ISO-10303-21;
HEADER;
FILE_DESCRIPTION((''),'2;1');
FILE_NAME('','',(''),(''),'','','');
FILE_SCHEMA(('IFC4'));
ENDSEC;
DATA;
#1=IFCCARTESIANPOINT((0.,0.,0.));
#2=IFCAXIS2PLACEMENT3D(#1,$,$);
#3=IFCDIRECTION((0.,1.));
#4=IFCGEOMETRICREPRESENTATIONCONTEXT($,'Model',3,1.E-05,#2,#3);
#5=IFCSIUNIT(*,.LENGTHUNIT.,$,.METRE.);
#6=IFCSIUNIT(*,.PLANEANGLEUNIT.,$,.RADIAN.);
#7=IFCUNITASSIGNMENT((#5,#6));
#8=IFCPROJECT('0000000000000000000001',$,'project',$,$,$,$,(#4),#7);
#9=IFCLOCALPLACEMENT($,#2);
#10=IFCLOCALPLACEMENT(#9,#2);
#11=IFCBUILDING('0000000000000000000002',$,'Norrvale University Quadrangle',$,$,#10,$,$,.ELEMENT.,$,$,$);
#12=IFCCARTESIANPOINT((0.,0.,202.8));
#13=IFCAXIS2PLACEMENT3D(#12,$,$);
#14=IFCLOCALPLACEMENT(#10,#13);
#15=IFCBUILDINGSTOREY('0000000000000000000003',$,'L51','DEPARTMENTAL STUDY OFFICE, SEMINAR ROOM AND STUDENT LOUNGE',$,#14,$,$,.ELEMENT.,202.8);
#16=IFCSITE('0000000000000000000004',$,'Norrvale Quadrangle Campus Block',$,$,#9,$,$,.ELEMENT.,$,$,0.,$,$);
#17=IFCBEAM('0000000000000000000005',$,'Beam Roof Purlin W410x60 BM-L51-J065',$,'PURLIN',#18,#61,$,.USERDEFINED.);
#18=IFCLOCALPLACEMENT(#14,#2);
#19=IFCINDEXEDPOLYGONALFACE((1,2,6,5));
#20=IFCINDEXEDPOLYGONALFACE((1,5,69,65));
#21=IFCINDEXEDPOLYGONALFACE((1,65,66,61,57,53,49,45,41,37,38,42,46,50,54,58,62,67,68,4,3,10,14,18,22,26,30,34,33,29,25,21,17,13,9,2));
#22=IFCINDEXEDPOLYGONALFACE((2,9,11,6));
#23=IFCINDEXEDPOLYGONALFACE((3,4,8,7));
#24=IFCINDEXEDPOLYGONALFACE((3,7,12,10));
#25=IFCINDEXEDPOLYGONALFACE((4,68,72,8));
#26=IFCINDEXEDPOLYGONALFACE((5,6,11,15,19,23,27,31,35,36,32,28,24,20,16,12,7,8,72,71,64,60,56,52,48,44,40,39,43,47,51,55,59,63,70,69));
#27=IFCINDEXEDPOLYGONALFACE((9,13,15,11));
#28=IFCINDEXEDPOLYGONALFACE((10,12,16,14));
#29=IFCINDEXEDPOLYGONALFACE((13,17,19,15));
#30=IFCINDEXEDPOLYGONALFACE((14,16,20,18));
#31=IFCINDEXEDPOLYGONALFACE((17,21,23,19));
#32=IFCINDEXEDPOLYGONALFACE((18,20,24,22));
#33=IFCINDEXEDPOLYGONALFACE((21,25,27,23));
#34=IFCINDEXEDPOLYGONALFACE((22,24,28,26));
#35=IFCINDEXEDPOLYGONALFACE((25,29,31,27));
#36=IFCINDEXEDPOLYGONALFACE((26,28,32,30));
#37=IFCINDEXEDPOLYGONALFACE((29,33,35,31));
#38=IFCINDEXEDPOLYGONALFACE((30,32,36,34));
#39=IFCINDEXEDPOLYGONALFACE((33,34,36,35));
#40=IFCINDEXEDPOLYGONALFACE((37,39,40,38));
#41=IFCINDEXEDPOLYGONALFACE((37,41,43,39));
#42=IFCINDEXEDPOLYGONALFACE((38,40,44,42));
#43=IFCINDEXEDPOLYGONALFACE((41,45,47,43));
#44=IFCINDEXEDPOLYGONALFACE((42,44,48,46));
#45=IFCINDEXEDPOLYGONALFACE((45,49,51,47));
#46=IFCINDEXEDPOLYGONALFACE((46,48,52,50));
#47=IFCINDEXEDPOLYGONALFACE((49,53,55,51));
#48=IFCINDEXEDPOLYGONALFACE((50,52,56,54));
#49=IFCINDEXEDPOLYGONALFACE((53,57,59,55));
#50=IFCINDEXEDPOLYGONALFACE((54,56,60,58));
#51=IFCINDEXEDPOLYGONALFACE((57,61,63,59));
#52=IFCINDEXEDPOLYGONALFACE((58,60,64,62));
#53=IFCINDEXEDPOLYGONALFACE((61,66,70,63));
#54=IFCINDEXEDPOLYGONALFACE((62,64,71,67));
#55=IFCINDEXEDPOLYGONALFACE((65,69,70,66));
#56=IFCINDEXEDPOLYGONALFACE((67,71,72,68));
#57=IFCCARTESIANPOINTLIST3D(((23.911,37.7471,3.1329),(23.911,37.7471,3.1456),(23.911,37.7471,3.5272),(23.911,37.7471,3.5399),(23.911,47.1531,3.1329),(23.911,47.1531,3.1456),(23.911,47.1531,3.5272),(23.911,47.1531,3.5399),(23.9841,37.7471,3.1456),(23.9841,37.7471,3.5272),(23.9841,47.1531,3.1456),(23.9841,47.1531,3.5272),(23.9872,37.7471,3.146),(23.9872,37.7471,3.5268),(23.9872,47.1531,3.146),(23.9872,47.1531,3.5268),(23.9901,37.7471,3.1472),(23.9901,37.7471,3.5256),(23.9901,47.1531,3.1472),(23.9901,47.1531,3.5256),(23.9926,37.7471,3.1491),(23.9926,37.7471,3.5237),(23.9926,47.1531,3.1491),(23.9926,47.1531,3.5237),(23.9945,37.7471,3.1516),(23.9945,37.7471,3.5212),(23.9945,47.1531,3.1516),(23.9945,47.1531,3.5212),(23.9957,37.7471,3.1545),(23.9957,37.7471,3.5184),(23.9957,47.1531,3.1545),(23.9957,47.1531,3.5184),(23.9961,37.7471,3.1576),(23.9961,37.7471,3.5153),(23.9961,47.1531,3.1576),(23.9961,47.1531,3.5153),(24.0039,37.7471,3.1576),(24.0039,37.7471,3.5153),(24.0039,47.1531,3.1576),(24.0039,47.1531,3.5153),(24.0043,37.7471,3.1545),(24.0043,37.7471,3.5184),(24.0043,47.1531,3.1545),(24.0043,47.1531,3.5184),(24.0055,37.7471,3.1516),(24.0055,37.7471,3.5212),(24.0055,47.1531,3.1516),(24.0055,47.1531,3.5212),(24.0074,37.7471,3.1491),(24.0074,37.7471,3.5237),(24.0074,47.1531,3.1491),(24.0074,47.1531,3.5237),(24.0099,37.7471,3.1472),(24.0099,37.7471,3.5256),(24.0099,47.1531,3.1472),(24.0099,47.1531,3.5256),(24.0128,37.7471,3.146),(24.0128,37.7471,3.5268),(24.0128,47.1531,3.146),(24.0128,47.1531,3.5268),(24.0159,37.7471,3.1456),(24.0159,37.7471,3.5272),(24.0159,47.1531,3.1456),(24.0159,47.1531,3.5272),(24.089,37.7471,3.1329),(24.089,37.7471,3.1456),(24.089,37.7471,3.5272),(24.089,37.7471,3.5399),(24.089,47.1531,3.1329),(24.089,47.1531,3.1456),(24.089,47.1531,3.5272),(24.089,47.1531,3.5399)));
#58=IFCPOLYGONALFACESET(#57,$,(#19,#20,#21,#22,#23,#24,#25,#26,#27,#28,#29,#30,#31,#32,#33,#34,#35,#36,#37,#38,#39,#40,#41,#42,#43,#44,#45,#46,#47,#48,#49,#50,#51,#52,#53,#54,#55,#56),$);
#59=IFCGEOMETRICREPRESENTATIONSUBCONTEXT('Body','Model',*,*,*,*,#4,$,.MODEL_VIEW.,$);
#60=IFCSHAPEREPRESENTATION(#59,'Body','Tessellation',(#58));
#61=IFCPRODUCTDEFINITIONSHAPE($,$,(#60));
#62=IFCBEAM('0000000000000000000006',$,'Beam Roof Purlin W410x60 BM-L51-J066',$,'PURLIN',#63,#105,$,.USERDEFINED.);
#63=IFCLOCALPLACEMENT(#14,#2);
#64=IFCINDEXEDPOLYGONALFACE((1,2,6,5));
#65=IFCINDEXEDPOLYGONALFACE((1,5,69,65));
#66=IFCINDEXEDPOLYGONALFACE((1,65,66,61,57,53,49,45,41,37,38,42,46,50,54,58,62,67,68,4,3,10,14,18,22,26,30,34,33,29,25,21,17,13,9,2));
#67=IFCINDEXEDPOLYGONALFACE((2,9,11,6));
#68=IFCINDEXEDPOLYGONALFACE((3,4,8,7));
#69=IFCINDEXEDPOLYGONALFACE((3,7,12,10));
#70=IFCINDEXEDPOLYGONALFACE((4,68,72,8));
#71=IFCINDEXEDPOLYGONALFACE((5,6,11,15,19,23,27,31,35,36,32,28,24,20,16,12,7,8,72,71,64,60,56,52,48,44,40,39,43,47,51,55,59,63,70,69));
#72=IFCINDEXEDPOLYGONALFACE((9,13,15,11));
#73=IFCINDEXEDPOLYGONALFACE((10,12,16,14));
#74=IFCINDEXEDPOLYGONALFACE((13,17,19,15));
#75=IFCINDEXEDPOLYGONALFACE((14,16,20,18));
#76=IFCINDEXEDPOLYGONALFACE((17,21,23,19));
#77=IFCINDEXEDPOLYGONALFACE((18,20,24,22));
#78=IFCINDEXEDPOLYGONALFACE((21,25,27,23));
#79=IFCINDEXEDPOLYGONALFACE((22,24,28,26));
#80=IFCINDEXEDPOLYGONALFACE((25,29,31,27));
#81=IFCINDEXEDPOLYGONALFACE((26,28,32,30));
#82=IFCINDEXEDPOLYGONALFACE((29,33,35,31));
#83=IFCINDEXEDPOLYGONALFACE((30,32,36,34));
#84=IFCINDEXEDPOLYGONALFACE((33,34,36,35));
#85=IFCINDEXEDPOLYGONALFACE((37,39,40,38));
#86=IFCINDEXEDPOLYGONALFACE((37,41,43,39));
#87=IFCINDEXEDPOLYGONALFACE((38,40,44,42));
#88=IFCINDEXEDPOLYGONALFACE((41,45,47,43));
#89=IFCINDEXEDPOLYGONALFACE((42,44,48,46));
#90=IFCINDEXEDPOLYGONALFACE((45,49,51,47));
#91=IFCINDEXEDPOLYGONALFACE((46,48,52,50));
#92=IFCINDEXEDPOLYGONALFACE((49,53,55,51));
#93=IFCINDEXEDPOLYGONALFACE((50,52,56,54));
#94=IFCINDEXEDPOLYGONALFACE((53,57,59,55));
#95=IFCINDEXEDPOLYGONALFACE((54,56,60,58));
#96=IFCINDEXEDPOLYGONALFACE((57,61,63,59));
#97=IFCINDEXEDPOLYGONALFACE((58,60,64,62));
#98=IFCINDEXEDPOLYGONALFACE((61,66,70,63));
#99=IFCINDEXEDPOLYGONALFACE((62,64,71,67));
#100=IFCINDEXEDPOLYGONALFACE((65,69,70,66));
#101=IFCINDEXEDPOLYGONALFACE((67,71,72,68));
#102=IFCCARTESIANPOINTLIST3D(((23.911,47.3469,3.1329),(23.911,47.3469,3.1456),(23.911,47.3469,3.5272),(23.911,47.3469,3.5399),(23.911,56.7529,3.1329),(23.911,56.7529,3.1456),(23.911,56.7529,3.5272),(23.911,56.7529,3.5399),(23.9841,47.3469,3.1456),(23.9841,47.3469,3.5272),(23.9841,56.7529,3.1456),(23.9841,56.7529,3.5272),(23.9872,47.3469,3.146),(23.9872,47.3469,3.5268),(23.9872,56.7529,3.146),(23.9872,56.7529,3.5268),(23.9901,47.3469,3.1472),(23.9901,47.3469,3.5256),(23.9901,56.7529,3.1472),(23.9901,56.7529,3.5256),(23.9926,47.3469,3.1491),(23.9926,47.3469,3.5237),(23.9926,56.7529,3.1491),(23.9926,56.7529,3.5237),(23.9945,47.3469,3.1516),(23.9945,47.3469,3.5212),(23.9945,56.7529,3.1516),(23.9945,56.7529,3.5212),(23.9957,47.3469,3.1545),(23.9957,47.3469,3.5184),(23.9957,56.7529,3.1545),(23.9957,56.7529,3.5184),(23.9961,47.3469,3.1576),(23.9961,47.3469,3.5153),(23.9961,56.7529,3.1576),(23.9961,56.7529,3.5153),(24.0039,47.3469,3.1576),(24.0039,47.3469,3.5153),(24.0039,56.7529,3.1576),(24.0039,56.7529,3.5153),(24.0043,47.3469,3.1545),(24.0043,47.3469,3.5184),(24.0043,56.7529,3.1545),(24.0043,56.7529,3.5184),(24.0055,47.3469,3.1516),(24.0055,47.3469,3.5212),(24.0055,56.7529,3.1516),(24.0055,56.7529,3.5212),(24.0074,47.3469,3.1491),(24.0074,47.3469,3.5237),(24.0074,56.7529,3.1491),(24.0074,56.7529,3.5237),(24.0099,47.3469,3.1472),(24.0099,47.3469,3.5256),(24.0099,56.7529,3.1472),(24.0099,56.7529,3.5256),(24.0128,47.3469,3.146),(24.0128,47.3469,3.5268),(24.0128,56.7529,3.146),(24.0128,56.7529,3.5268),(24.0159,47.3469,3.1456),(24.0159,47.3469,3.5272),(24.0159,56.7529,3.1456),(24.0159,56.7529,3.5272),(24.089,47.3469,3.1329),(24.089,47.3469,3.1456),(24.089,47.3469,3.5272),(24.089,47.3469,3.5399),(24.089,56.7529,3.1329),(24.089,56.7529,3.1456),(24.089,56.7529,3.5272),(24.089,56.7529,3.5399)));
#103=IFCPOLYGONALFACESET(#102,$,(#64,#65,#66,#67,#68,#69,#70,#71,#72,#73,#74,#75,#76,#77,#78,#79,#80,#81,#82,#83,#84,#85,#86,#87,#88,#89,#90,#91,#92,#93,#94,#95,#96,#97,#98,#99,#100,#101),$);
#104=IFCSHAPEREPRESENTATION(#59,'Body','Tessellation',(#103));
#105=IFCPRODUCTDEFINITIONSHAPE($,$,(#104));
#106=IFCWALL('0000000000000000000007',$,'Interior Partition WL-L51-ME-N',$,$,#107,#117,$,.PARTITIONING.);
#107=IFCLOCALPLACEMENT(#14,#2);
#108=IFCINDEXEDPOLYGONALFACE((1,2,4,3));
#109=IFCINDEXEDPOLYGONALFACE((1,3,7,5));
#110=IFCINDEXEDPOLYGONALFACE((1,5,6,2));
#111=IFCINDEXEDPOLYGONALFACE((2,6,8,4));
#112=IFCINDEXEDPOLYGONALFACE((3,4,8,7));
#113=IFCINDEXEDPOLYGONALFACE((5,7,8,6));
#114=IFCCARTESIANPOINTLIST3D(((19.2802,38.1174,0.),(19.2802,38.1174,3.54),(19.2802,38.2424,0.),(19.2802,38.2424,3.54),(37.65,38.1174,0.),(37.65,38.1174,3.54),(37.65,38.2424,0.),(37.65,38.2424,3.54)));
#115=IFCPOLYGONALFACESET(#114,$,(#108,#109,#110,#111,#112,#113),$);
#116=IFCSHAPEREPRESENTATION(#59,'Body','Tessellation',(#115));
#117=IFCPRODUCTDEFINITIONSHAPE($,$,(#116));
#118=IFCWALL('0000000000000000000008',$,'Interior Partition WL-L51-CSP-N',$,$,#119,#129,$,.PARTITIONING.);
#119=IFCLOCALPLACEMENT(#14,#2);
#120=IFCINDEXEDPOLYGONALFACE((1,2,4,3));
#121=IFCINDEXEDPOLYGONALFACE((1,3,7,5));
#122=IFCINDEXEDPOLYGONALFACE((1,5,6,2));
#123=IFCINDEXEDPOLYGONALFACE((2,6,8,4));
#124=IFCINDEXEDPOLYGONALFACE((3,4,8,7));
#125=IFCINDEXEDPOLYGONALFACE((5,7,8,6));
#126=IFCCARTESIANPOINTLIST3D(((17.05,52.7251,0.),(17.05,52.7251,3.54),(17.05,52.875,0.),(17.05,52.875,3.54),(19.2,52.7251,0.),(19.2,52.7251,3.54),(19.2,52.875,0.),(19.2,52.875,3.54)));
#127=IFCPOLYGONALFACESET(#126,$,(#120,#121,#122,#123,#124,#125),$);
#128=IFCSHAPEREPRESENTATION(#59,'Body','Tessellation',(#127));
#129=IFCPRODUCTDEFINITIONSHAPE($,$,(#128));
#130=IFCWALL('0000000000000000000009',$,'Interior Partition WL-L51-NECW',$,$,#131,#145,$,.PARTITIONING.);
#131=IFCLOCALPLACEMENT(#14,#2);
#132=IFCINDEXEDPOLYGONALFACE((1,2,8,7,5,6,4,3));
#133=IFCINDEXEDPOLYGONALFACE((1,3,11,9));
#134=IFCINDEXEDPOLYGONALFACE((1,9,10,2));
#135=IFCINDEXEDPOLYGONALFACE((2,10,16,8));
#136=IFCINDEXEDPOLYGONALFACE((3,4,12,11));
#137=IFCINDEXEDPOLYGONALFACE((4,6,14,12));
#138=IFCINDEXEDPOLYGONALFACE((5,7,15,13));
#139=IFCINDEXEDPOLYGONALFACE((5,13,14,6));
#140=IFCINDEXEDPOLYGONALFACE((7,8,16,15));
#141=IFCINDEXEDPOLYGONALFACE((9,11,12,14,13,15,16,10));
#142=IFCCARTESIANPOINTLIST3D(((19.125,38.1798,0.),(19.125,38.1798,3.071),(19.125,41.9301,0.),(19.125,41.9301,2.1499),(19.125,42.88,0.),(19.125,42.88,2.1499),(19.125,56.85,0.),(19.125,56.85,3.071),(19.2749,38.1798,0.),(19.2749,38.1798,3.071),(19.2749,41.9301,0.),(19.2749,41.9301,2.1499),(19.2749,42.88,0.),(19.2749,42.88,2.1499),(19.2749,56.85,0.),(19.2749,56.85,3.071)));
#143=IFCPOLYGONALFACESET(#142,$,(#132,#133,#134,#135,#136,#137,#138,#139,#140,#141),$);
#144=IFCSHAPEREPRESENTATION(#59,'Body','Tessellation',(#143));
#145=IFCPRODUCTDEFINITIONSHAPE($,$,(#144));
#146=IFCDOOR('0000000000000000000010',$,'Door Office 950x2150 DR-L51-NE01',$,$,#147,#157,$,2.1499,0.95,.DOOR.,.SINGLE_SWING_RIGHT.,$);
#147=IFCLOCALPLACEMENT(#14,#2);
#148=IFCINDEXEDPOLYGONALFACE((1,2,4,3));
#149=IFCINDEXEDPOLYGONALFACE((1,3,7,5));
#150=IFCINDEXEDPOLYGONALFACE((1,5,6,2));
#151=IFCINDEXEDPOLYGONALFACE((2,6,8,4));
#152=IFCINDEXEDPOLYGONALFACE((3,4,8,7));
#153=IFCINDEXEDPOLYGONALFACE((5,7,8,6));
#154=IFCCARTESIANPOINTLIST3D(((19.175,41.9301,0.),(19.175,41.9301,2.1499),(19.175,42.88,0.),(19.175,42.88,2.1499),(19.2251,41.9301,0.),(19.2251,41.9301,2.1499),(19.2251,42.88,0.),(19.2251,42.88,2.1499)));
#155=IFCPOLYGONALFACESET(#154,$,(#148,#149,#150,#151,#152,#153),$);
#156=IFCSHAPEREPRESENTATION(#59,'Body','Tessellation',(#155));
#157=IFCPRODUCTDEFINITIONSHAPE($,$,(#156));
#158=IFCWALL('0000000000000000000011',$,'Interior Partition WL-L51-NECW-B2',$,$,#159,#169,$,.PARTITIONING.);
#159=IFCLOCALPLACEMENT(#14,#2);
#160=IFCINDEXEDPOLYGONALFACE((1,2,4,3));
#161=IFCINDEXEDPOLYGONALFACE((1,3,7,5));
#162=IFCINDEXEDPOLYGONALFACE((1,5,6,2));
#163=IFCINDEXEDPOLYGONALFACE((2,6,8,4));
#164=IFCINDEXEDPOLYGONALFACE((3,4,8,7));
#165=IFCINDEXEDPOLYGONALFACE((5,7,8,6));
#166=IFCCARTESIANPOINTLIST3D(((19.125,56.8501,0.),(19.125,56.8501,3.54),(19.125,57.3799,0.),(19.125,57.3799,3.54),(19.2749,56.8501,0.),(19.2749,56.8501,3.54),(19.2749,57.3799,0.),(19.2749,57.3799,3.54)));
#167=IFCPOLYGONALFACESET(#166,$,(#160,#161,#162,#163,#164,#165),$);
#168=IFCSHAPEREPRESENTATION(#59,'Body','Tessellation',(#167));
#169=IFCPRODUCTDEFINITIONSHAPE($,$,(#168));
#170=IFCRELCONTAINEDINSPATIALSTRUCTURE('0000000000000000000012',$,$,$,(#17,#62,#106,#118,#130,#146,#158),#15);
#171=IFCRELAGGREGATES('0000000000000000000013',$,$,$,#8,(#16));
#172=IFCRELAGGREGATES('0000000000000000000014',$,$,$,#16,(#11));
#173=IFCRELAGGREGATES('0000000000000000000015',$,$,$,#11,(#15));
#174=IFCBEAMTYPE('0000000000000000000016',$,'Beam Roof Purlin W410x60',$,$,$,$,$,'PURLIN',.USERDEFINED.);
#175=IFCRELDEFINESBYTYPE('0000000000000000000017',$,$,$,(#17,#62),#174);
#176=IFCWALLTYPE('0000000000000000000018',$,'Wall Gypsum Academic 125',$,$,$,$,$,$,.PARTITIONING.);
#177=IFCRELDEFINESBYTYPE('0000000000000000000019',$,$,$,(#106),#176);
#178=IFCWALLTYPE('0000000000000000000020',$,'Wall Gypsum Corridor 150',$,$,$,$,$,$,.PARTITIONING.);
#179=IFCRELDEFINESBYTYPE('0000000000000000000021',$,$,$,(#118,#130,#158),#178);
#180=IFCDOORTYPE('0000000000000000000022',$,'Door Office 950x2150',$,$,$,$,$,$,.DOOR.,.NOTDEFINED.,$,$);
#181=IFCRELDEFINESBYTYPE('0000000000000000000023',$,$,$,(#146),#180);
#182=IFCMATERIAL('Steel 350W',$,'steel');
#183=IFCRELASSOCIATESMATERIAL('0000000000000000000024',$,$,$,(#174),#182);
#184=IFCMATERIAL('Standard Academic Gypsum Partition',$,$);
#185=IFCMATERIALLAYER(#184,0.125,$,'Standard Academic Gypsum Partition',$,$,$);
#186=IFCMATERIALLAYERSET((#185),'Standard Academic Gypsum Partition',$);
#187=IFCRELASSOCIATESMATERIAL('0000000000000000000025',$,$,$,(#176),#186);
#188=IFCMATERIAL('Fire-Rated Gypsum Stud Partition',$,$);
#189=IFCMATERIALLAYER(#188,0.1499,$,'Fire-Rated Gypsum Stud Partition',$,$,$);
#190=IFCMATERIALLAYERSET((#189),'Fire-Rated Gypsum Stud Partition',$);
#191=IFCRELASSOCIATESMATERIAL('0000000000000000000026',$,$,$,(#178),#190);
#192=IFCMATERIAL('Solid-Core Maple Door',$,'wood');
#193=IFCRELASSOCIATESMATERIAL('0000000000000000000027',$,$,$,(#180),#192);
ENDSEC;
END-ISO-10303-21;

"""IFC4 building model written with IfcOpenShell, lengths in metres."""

from ifc_helpers import new_model, si_unit, direction, frame, frame_2d, origin, origin_2d, place, context, subcontext, project, spatial, rectangle, i_section, extrude, material, layer, layer_set, material_profile, profile_set, type_object, element, fill, save


model = new_model("IFC4")

# Units and contexts
model_context = context("Model", 3, precision=1e-05, world=origin(), true_north=direction((0.0, 1.0)))
body_context = subcontext(model_context, "Body", "Model", "MODEL_VIEW")
ifc_project = project(units=[si_unit("LENGTHUNIT", "METRE"), si_unit("PLANEANGLEUNIT", "RADIAN")], contexts=[model_context])

# Site, building, storey
site_placement = place(None, origin())
site = spatial("IfcSite", under=ifc_project, at=site_placement, Name="Norrvale Quadrangle Campus Block", CompositionType="ELEMENT", RefElevation=0.0)
building_placement = place(site_placement, origin())
building = spatial("IfcBuilding", under=site, at=building_placement, Name="Norrvale University Quadrangle", CompositionType="ELEMENT")
storey_placement = place(building_placement, frame((0.0, 0.0, 202.8)))
storey = spatial("IfcBuildingStorey", under=building, at=storey_placement, Name="L51", Description="DEPARTMENTAL STUDY OFFICE, SEMINAR ROOM AND STUDENT LOUNGE", CompositionType="ELEMENT", Elevation=202.8)

# Beams
ifc_material_1 = material(Name="Steel 350W", Category="steel")
ifc_material_profile_1 = material_profile(ifc_material_1, i_section(OverallWidth=0.178, OverallDepth=0.407, WebThickness=0.0078, FlangeThickness=0.0127, FilletRadius=0.012, at=origin_2d()), Name="Steel 350W")
ifc_profile_set_1 = profile_set([ifc_material_profile_1], Name="Steel 350W")
beam_type_1 = type_object("IfcBeamType", Name="Beam Roof Purlin W410x60", ElementType="PURLIN", PredefinedType="USERDEFINED", material=ifc_profile_set_1)
for number, where, z_axis, x_axis, name in (
    (1, (24.0, 37.7471, 3.3364), (0.0, 1.0, 0.0), (-1.0, 0.0, 0.0), "Beam Roof Purlin W410x60 BM-L51-J065"),
    (2, (24.0, 47.3469, 3.3364), (0.0, 1.0, 0.0), (-1.0, 0.0, 0.0), "Beam Roof Purlin W410x60 BM-L51-J066"),
):
    element("IfcBeam", number, at=place(storey_placement, frame(where, z_axis=z_axis, x_axis=x_axis)), inside=storey, type_object=beam_type_1, Name=name, ObjectType="PURLIN", PredefinedType="USERDEFINED", context=body_context, shape_type="SweptSolid", body=[
        extrude(i_section(OverallWidth=0.178, OverallDepth=0.407, WebThickness=0.0078, FlangeThickness=0.0127, FilletRadius=0.012, at=origin_2d()), origin(), (0.0, 0.0, 1.0), 9.406),
    ])

# Walls
ifc_material_2 = material(Name="Standard Academic Gypsum Partition")
ifc_layer_1 = layer(ifc_material_2, 0.125, Name="Standard Academic Gypsum Partition")
ifc_layer_set_1 = layer_set([ifc_layer_1], Name="Standard Academic Gypsum Partition")
wall_type_1 = type_object("IfcWallType", Name="Wall Gypsum Academic 125", PredefinedType="PARTITIONING", material=ifc_layer_set_1)
wall_1_placement = place(storey_placement, frame((19.28, 38.1799, 0.0), z_axis=(0.0, 0.0, 1.0), x_axis=(1.0, 0.0, 0.0)))
element("IfcWall", 3, at=wall_1_placement, inside=storey, type_object=wall_type_1, Name="Interior Partition WL-L51-ME-N", PredefinedType="PARTITIONING", context=body_context, shape_type="SweptSolid", body=[
    extrude(rectangle(XDim=18.3699, YDim=0.125, at=frame_2d((9.1851, 0.0))), origin(), (0.0, 0.0, 1.0), 3.54),
])
ifc_material_3 = material(Name="Fire-Rated Gypsum Stud Partition")
ifc_layer_2 = layer(ifc_material_3, 0.1499, Name="Fire-Rated Gypsum Stud Partition")
ifc_layer_set_2 = layer_set([ifc_layer_2], Name="Fire-Rated Gypsum Stud Partition")
wall_type_2 = type_object("IfcWallType", Name="Wall Gypsum Corridor 150", PredefinedType="PARTITIONING", material=ifc_layer_set_2)
wall_2_placement = place(storey_placement, frame((17.05, 52.8, 0.0), z_axis=(0.0, 0.0, 1.0), x_axis=(1.0, 0.0, 0.0)))
element("IfcWall", 4, at=wall_2_placement, inside=storey, type_object=wall_type_2, Name="Interior Partition WL-L51-CSP-N", PredefinedType="PARTITIONING", context=body_context, shape_type="SweptSolid", body=[
    extrude(rectangle(XDim=2.1499, YDim=0.1499, at=frame_2d((1.075, 0.0))), origin(), (0.0, 0.0, 1.0), 3.54),
])

# Wall, opening, door
wall_3_placement = place(storey_placement, frame((19.2, 38.1799, 0.0), z_axis=(0.0, 0.0, 1.0), x_axis=(0.0, 1.0, 0.0)))
wall_3 = element("IfcWall", 5, at=wall_3_placement, inside=storey, type_object=wall_type_2, Name="Interior Partition WL-L51-NECW", PredefinedType="PARTITIONING", context=body_context, shape_type="SweptSolid", body=[
    extrude(rectangle(XDim=18.6702, YDim=0.1499, at=frame_2d((9.335, 0.0))), origin(), (0.0, 0.0, 1.0), 3.071),
])
opening_1_placement = place(wall_3_placement, frame((3.75, 0.0, 0.0)))
opening_1 = element("IfcOpeningElement", 6, at=opening_1_placement, cuts=wall_3, PredefinedType="OPENING", context=body_context, shape_type="SweptSolid", body=[
    extrude(rectangle(XDim=0.95, YDim=2.1499, at=frame_2d((0.4751, 1.075))), frame((0.0, 0.0869, 0.0), z_axis=(0.0, -1.0, 0.0), x_axis=(1.0, 0.0, 0.0)), (0.0, 0.0, 1.0), 0.1738),
])
ifc_material_4 = material(Name="Solid-Core Maple Door", Category="wood")
door_type = type_object("IfcDoorType", Name="Door Office 950x2150", OperationType="NOTDEFINED", PredefinedType="DOOR", material=ifc_material_4)
door_1_placement = place(opening_1_placement, origin())
door_1 = element("IfcDoor", 7, at=door_1_placement, inside=storey, type_object=door_type, Name="Door Office 950x2150 DR-L51-NE01", OperationType="SINGLE_SWING_RIGHT", OverallHeight=2.1499, OverallWidth=0.95, PredefinedType="DOOR", context=body_context, shape_type="SweptSolid", body=[
    extrude(rectangle(XDim=0.95, YDim=2.1499, at=frame_2d((0.4751, 1.075))), frame((0.0, 0.0249, 0.0), z_axis=(0.0, -1.0, 0.0), x_axis=(1.0, 0.0, 0.0)), (0.0, 0.0, 1.0), 0.05),
])
fill(opening_1, door_1)

# Wall
wall_4_placement = place(storey_placement, frame((19.2, 56.8501, 0.0), z_axis=(0.0, 0.0, 1.0), x_axis=(0.0, 1.0, 0.0)))
element("IfcWall", 8, at=wall_4_placement, inside=storey, type_object=wall_type_2, Name="Interior Partition WL-L51-NECW-B2", PredefinedType="PARTITIONING", context=body_context, shape_type="SweptSolid", body=[
    extrude(rectangle(XDim=0.5298, YDim=0.1499, at=frame_2d((0.2649, 0.0))), origin(), (0.0, 0.0, 1.0), 3.54),
])

save(model, "model.ifc")
